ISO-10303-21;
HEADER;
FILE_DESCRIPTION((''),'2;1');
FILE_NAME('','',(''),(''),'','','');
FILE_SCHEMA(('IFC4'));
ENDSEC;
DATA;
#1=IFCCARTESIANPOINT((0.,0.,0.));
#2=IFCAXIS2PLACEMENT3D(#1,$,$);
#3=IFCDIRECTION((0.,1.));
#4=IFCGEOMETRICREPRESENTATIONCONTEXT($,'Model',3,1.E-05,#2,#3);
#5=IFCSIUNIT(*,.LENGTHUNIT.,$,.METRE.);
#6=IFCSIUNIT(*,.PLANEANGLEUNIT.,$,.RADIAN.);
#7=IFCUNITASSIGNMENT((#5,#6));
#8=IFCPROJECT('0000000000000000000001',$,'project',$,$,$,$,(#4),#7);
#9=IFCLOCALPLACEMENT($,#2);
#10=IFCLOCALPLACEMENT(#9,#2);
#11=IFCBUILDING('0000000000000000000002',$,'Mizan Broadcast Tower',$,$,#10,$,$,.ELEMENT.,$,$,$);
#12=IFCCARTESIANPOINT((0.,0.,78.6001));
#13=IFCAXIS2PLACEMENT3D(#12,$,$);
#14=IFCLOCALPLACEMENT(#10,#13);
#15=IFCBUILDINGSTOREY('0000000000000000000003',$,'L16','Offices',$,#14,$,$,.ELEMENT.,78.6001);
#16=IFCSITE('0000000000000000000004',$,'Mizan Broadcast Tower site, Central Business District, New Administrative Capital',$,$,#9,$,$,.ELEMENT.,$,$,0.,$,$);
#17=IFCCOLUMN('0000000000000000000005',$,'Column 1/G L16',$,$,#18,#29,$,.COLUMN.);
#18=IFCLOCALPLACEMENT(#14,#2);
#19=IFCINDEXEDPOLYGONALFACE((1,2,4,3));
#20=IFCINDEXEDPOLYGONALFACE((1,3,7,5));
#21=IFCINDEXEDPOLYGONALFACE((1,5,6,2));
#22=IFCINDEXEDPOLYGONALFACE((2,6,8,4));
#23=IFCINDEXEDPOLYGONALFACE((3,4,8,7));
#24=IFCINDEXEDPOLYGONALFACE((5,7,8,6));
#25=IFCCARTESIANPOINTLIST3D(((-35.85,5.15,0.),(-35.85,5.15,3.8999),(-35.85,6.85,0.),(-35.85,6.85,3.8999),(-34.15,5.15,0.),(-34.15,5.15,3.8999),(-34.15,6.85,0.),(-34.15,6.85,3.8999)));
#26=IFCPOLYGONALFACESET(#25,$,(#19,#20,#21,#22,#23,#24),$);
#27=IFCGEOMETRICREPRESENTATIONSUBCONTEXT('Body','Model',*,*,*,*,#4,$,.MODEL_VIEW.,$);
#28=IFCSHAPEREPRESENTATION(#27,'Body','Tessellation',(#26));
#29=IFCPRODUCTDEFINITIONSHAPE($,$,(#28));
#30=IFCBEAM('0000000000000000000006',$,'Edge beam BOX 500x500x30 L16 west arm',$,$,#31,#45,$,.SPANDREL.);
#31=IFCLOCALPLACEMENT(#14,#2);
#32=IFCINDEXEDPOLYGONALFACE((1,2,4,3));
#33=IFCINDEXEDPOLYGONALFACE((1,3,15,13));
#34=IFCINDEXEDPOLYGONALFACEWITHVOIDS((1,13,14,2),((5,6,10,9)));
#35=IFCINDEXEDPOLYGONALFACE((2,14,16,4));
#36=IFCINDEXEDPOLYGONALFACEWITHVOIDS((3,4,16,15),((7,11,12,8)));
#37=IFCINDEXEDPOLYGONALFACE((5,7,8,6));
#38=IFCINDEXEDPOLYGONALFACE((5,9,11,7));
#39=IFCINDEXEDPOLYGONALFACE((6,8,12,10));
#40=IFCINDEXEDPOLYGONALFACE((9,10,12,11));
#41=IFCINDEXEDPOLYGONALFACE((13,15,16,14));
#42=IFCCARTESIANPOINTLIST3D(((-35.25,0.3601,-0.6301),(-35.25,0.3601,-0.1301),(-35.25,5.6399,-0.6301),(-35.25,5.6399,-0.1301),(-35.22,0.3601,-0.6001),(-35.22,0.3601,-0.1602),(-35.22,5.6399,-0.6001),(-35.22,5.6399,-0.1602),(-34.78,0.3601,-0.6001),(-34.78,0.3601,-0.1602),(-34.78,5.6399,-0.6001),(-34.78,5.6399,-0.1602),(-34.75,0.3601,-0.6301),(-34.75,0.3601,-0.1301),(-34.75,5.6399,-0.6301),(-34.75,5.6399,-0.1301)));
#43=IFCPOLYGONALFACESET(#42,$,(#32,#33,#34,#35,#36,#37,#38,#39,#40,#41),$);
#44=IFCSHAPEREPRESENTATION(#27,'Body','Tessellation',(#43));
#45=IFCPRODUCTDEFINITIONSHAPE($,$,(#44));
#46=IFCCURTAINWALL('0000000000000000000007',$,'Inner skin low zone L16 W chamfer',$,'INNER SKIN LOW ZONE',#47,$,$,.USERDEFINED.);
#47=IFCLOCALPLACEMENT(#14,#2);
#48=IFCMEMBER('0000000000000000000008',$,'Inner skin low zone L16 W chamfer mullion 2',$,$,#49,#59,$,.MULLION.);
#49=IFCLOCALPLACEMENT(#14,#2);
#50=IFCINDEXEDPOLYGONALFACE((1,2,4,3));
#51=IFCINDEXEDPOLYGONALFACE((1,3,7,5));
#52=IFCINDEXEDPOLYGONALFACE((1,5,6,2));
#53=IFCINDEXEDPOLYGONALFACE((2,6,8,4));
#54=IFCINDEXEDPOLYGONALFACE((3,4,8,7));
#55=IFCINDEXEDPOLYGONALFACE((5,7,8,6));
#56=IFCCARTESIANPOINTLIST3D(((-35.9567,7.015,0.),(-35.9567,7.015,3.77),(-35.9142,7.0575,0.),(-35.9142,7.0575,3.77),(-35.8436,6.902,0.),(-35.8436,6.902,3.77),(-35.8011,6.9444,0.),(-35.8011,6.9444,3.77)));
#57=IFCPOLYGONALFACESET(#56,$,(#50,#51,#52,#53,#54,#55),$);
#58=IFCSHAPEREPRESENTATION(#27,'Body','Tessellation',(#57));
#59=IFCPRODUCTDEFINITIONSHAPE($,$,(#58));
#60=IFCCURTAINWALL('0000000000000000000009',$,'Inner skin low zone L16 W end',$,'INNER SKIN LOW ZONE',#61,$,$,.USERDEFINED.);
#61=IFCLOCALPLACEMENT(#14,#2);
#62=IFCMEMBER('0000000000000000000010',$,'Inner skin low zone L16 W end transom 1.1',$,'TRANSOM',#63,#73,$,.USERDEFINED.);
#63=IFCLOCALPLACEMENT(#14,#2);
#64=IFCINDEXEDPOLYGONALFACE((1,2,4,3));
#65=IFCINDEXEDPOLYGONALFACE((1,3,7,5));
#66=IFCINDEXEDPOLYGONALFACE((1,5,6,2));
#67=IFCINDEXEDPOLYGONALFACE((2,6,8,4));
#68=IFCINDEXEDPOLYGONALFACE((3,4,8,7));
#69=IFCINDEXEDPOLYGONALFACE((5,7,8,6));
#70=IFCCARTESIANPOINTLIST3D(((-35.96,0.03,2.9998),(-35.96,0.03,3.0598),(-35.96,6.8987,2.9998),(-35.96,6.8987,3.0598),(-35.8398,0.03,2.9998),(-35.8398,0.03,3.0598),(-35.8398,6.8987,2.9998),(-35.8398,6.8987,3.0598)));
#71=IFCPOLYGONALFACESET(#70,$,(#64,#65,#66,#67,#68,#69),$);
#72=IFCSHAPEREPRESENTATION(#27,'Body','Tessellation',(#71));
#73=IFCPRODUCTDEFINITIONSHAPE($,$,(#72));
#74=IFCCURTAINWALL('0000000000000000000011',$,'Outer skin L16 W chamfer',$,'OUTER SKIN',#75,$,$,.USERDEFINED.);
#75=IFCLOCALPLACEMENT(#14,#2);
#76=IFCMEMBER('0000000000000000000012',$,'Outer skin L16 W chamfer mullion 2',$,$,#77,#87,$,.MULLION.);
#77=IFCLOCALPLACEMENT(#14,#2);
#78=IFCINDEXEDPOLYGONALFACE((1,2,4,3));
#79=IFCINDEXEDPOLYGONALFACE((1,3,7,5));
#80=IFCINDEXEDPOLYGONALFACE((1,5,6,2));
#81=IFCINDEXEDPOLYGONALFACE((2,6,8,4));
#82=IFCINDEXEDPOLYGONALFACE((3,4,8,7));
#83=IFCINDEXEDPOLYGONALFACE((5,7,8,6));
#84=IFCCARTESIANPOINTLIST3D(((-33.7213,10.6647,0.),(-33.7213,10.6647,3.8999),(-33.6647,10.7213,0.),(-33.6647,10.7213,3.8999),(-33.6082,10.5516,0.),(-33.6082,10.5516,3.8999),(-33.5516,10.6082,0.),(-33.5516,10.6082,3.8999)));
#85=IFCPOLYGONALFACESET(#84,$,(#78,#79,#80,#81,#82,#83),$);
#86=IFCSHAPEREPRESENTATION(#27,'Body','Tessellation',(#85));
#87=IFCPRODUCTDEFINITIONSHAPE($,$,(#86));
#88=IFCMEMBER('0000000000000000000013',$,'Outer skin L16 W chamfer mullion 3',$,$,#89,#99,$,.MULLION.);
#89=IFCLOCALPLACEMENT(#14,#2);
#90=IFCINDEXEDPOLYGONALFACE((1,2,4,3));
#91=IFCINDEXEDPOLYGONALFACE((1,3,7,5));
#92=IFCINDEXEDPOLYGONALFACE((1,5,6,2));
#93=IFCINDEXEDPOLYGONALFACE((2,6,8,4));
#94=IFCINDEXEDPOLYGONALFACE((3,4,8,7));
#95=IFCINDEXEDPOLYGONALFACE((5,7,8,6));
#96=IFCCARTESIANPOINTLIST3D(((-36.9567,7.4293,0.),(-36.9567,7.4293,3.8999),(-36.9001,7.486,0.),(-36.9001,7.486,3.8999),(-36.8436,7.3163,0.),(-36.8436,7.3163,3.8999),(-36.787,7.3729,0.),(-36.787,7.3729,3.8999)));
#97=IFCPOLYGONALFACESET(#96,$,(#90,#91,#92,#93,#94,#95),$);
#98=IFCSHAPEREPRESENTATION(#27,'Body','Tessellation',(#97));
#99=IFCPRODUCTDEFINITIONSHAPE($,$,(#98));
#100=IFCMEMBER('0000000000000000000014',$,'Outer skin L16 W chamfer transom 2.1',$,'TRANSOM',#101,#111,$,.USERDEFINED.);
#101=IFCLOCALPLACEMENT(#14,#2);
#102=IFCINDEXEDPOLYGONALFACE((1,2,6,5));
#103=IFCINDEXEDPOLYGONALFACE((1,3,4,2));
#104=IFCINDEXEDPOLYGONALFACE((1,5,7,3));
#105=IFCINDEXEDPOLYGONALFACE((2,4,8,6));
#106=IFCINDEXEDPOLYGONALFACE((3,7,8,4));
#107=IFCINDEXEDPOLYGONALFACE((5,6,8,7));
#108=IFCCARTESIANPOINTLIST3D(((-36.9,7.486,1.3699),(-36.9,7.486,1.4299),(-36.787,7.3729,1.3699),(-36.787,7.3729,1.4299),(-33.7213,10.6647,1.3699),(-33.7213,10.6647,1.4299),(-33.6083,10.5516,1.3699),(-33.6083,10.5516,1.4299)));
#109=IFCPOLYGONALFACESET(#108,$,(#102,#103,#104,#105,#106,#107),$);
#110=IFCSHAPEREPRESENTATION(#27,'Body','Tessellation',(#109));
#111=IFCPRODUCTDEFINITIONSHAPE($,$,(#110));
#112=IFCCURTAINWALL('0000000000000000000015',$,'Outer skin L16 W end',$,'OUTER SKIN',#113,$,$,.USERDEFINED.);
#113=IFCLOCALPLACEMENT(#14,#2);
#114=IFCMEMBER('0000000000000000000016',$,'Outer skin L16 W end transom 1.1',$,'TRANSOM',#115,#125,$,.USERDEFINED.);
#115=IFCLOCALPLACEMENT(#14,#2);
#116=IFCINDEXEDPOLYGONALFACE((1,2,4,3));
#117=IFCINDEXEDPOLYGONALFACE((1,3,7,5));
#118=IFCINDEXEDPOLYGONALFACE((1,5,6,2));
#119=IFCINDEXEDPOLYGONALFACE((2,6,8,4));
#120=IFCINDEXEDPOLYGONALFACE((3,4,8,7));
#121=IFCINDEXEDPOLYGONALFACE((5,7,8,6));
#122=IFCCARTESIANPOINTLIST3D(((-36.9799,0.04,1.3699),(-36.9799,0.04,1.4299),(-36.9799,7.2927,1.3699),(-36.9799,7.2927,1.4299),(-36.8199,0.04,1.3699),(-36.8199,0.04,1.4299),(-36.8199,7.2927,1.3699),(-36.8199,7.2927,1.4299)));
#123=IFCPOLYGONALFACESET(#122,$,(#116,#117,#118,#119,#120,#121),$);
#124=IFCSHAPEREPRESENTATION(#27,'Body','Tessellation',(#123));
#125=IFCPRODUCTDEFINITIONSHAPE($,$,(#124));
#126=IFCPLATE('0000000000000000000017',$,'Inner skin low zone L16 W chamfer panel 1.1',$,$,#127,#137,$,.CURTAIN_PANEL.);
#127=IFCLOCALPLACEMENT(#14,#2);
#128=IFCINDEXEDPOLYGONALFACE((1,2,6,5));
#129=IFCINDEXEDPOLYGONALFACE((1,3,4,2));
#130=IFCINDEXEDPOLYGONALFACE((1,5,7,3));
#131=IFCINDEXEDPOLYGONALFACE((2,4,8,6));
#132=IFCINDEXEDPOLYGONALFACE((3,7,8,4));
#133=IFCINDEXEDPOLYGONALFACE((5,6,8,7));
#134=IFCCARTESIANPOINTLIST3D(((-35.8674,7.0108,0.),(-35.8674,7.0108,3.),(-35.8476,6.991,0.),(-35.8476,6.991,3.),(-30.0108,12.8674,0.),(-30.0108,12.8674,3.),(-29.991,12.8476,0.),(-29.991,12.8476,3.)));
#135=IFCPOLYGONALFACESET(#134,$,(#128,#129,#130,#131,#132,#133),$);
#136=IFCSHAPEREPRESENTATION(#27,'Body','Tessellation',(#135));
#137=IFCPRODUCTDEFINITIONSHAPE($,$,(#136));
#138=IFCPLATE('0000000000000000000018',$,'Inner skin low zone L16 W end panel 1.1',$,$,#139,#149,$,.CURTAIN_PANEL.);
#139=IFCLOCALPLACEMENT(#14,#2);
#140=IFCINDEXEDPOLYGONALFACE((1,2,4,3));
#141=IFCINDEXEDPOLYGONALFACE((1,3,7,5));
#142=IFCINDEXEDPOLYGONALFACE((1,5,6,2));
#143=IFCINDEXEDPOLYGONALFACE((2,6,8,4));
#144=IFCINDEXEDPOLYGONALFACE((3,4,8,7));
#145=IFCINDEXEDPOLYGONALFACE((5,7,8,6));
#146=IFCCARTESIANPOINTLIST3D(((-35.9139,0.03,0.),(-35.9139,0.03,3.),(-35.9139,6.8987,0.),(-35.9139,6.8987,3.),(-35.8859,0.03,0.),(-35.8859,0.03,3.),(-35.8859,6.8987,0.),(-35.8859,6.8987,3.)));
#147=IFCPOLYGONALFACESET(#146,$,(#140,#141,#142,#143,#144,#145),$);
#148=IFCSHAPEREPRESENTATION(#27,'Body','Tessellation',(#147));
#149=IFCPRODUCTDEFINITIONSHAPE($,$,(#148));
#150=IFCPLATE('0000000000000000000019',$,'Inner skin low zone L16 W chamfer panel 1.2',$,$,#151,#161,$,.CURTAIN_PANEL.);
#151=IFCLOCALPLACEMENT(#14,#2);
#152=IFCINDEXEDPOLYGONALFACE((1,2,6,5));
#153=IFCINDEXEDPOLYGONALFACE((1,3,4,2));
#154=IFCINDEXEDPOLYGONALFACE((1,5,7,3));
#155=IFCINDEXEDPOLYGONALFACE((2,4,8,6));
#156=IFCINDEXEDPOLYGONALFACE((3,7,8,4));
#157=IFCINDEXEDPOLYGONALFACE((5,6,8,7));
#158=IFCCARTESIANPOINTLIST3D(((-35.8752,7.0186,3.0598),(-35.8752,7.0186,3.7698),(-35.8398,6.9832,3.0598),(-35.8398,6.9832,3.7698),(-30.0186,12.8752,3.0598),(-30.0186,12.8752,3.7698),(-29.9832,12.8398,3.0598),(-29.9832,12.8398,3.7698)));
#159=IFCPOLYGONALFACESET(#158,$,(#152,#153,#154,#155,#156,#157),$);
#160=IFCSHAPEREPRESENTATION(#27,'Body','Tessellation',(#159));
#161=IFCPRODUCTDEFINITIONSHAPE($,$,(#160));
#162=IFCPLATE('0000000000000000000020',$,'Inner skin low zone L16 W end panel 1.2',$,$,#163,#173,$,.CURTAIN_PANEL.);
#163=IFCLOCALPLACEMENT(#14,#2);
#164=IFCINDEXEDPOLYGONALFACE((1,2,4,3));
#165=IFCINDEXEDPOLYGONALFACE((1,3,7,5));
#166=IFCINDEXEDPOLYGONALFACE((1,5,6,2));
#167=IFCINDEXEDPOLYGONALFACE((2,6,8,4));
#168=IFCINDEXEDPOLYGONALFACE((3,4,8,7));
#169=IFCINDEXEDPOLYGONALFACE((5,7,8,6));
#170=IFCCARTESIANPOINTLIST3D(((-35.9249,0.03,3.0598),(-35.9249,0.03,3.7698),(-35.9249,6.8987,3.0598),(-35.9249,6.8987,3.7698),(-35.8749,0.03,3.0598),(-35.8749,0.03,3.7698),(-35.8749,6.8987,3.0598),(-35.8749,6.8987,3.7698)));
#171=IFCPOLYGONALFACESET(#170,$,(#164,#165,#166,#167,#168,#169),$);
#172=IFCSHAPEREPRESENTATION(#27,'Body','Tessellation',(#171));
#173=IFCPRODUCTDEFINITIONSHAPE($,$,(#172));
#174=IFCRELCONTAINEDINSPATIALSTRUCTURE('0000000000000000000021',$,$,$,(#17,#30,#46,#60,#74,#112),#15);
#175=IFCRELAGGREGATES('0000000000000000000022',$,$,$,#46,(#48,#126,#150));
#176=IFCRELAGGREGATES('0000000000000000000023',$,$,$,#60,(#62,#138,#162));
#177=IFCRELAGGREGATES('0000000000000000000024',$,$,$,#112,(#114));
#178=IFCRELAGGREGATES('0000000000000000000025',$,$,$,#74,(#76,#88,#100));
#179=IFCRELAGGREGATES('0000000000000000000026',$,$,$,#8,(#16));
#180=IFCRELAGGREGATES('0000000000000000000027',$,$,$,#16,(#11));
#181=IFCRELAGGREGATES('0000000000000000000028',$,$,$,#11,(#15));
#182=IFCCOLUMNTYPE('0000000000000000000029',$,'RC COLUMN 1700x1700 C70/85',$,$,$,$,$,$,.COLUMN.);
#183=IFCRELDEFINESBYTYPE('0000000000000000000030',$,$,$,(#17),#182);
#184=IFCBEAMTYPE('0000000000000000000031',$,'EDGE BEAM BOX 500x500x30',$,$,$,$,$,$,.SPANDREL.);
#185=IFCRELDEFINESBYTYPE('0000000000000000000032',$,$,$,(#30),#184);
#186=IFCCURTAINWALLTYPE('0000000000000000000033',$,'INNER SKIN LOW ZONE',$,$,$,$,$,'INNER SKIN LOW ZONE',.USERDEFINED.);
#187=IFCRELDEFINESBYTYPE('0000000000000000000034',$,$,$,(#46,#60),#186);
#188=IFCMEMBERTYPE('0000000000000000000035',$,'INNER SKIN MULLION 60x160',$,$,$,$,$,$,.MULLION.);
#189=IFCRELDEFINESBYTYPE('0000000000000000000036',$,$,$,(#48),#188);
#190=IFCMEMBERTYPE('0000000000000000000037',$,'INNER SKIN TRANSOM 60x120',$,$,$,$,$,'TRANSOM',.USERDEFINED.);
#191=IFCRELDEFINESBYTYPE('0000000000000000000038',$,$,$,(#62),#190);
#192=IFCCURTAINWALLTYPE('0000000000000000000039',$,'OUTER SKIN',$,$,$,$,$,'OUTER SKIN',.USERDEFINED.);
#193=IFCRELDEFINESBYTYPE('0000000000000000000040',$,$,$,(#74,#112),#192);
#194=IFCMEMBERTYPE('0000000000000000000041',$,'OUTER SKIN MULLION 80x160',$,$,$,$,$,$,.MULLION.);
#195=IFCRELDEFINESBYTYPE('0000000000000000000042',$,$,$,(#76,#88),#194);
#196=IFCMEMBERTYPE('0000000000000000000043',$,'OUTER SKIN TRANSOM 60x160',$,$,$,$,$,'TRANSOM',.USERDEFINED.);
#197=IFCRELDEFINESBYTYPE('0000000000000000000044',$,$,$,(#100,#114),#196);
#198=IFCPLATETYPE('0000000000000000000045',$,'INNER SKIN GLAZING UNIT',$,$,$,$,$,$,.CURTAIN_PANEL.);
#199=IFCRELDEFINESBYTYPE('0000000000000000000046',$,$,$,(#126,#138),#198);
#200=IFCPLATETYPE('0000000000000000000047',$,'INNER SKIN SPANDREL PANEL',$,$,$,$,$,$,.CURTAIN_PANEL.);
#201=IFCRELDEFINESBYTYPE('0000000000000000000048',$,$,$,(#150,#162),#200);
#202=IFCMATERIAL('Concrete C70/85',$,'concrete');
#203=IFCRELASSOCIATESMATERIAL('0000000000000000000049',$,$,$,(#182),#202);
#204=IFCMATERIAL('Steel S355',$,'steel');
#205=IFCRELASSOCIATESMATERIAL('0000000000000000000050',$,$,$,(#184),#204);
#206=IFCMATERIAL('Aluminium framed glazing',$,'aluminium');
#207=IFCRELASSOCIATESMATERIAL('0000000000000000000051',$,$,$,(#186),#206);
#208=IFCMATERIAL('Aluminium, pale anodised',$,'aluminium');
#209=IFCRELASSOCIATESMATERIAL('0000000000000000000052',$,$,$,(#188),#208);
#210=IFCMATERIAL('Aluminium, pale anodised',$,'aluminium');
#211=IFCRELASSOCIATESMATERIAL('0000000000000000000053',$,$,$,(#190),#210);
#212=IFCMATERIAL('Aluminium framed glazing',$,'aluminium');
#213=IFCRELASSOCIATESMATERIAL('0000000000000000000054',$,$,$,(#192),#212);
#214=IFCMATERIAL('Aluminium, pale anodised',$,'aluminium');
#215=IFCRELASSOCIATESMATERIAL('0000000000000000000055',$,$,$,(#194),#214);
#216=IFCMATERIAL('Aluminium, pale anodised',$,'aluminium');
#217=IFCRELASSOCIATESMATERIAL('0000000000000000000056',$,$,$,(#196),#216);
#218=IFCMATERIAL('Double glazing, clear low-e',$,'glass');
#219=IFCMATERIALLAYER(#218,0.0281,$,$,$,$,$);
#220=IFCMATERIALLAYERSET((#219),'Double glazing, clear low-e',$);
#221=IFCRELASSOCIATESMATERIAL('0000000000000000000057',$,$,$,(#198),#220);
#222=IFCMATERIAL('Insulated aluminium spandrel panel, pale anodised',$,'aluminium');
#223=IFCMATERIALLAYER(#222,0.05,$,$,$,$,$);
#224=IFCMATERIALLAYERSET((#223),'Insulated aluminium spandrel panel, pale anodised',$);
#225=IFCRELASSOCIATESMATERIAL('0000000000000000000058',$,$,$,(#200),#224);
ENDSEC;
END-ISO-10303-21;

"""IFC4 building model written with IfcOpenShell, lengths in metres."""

from ifc_helpers import new_model, si_unit, direction, frame, origin, origin_2d, place, context, subcontext, project, spatial, rectangle, hollow_rectangle, extrude, material, layer, layer_set, material_profile, profile_set, type_object, element, aggregate, save


model = new_model("IFC4")

# Units and contexts
model_context = context("Model", 3, precision=1e-05, world=origin(), true_north=direction((0.0, 1.0)))
body_context = subcontext(model_context, "Body", "Model", "MODEL_VIEW")
ifc_project = project(units=[si_unit("LENGTHUNIT", "METRE"), si_unit("PLANEANGLEUNIT", "RADIAN")], contexts=[model_context])

# Site, building, storey
site_placement = place(None, origin())
site = spatial("IfcSite", under=ifc_project, at=site_placement, Name="Mizan Broadcast Tower site, Central Business District, New Administrative Capital", CompositionType="ELEMENT", RefElevation=0.0)
building_placement = place(site_placement, origin())
building = spatial("IfcBuilding", under=site, at=building_placement, Name="Mizan Broadcast Tower", CompositionType="ELEMENT")
storey_placement = place(building_placement, frame((0.0, 0.0, 78.6001)))
storey = spatial("IfcBuildingStorey", under=building, at=storey_placement, Name="L16", Description="Offices", CompositionType="ELEMENT", Elevation=78.6001)

# Column
ifc_material_1 = material(Name="Concrete C70/85", Category="concrete")
ifc_material_profile_1 = material_profile(ifc_material_1, rectangle(XDim=1.7, YDim=1.7, at=origin_2d()), Name="RC 1700x1700")
ifc_profile_set_1 = profile_set([ifc_material_profile_1], Name="Concrete C70/85")
column_type = type_object("IfcColumnType", Name="RC COLUMN 1700x1700 C70/85", PredefinedType="COLUMN", material=ifc_profile_set_1)
column_placement = place(storey_placement, frame((-35.0, 6.0, 0.0), z_axis=(0.0, 0.0, 1.0), x_axis=(1.0, 0.0, 0.0)))
element("IfcColumn", 1, at=column_placement, inside=storey, type_object=column_type, Name="Column 1/G L16", PredefinedType="COLUMN", context=body_context, shape_type="SweptSolid", body=[
    extrude(rectangle(XDim=1.7, YDim=1.7, at=origin_2d()), origin(), (0.0, 0.0, 1.0), 3.8999),
])

# Beam
ifc_material_2 = material(Name="Steel S355", Category="steel")
ifc_material_profile_2 = material_profile(ifc_material_2, hollow_rectangle(XDim=0.5, YDim=0.5, WallThickness=0.03, at=origin_2d()), Name="BOX 500x500x30")
ifc_profile_set_2 = profile_set([ifc_material_profile_2], Name="Steel S355")
beam_type = type_object("IfcBeamType", Name="EDGE BEAM BOX 500x500x30", PredefinedType="SPANDREL", material=ifc_profile_set_2)
beam_placement = place(storey_placement, frame((-35.0, 5.6399, -0.3801), z_axis=(0.0, -1.0, 0.0), x_axis=(1.0, 0.0, 0.0)))
element("IfcBeam", 2, at=beam_placement, inside=storey, type_object=beam_type, Name="Edge beam BOX 500x500x30 L16 west arm", PredefinedType="SPANDREL", context=body_context, shape_type="SweptSolid", body=[
    extrude(hollow_rectangle(XDim=0.5, YDim=0.5, WallThickness=0.03, at=origin_2d()), origin(), (0.0, 0.0, 1.0), 5.2798),
])

# Curtain walls, members
ifc_material_3 = material(Name="Aluminium framed glazing", Category="aluminium")
curtain_wall_type_1 = type_object("IfcCurtainWallType", Name="INNER SKIN LOW ZONE", ElementType="INNER SKIN LOW ZONE", PredefinedType="USERDEFINED", material=ifc_material_3)
curtain_wall_1_placement = place(storey_placement, origin())
curtain_wall_1 = element("IfcCurtainWall", 3, at=curtain_wall_1_placement, inside=storey, type_object=curtain_wall_type_1, Name="Inner skin low zone L16 W chamfer", ObjectType="INNER SKIN LOW ZONE", PredefinedType="USERDEFINED")
ifc_material_4 = material(Name="Aluminium, pale anodised", Category="aluminium")
ifc_material_profile_3 = material_profile(ifc_material_4, rectangle(XDim=0.1599, YDim=0.0601, at=origin_2d()), Name="MULLION 160x60")
ifc_profile_set_3 = profile_set([ifc_material_profile_3], Name="Aluminium, pale anodised")
member_type_1 = type_object("IfcMemberType", Name="INNER SKIN MULLION 60x160", PredefinedType="MULLION", material=ifc_profile_set_3)
member_1_placement = place(storey_placement, frame((-35.8789, 6.9797, 0.0), z_axis=(0.0, 0.0, 1.0), x_axis=(0.707107, -0.707107, 0.0)))
member_1 = element("IfcMember", 4, at=member_1_placement, type_object=member_type_1, Name="Inner skin low zone L16 W chamfer mullion 2", PredefinedType="MULLION", context=body_context, shape_type="SweptSolid", body=[
    extrude(rectangle(XDim=0.1599, YDim=0.0601, at=origin_2d()), origin(), (0.0, 0.0, 1.0), 3.77),
])
curtain_wall_2_placement = place(storey_placement, origin())
curtain_wall_2 = element("IfcCurtainWall", 5, at=curtain_wall_2_placement, inside=storey, type_object=curtain_wall_type_1, Name="Inner skin low zone L16 W end", ObjectType="INNER SKIN LOW ZONE", PredefinedType="USERDEFINED")
ifc_material_5 = material(Name="Aluminium, pale anodised", Category="aluminium")
ifc_material_profile_4 = material_profile(ifc_material_5, rectangle(XDim=0.1201, YDim=0.0601, at=origin_2d()), Name="TRANSOM 120x60")
ifc_profile_set_4 = profile_set([ifc_material_profile_4], Name="Aluminium, pale anodised")
member_type_2 = type_object("IfcMemberType", Name="INNER SKIN TRANSOM 60x120", ElementType="TRANSOM", PredefinedType="USERDEFINED", material=ifc_profile_set_4)
member_2_placement = place(storey_placement, frame((-35.8999, 6.8987, 3.0298), z_axis=(0.0, -1.0, 0.0), x_axis=(1.0, 0.0, 0.0)))
member_2 = element("IfcMember", 6, at=member_2_placement, type_object=member_type_2, Name="Inner skin low zone L16 W end transom 1.1", ObjectType="TRANSOM", PredefinedType="USERDEFINED", context=body_context, shape_type="SweptSolid", body=[
    extrude(rectangle(XDim=0.1201, YDim=0.0601, at=origin_2d()), origin(), (0.0, 0.0, 1.0), 6.8687),
])

# Curtain wall, members
ifc_material_6 = material(Name="Aluminium framed glazing", Category="aluminium")
curtain_wall_type_2 = type_object("IfcCurtainWallType", Name="OUTER SKIN", ElementType="OUTER SKIN", PredefinedType="USERDEFINED", material=ifc_material_6)
curtain_wall_3_placement = place(storey_placement, origin())
curtain_wall_3 = element("IfcCurtainWall", 7, at=curtain_wall_3_placement, inside=storey, type_object=curtain_wall_type_2, Name="Outer skin L16 W chamfer", ObjectType="OUTER SKIN", PredefinedType="USERDEFINED")
ifc_material_7 = material(Name="Aluminium, pale anodised", Category="aluminium")
ifc_material_profile_5 = material_profile(ifc_material_7, rectangle(XDim=0.1599, YDim=0.0801, at=origin_2d()), Name="MULLION 160x80")
ifc_profile_set_5 = profile_set([ifc_material_profile_5], Name="Aluminium, pale anodised")
member_type_3 = type_object("IfcMemberType", Name="OUTER SKIN MULLION 80x160", PredefinedType="MULLION", material=ifc_profile_set_5)
member_3_placement = place(storey_placement, frame((-33.6365, 10.6365, 0.0), z_axis=(0.0, 0.0, 1.0), x_axis=(0.707107, -0.707107, 0.0)))
member_3 = element("IfcMember", 8, at=member_3_placement, type_object=member_type_3, Name="Outer skin L16 W chamfer mullion 2", PredefinedType="MULLION", context=body_context, shape_type="SweptSolid", body=[
    extrude(rectangle(XDim=0.1599, YDim=0.0801, at=origin_2d()), origin(), (0.0, 0.0, 1.0), 3.8999),
])
member_4_placement = place(storey_placement, frame((-36.8718, 7.4011, 0.0), z_axis=(0.0, 0.0, 1.0), x_axis=(0.707107, -0.707107, 0.0)))
member_4 = element("IfcMember", 9, at=member_4_placement, type_object=member_type_3, Name="Outer skin L16 W chamfer mullion 3", PredefinedType="MULLION", context=body_context, shape_type="SweptSolid", body=[
    extrude(rectangle(XDim=0.1599, YDim=0.0801, at=origin_2d()), origin(), (0.0, 0.0, 1.0), 3.8999),
])
ifc_material_8 = material(Name="Aluminium, pale anodised", Category="aluminium")
ifc_material_profile_6 = material_profile(ifc_material_8, rectangle(XDim=0.1599, YDim=0.0601, at=origin_2d()), Name="TRANSOM 160x60")
ifc_profile_set_6 = profile_set([ifc_material_profile_6], Name="Aluminium, pale anodised")
member_type_4 = type_object("IfcMemberType", Name="OUTER SKIN TRANSOM 60x160", ElementType="TRANSOM", PredefinedType="USERDEFINED", material=ifc_profile_set_6)
member_5_placement = place(storey_placement, frame((-33.6648, 10.6082, 1.3999), z_axis=(-0.707107, -0.707107, 0.0), x_axis=(0.707107, -0.707107, 0.0)))
member_5 = element("IfcMember", 10, at=member_5_placement, type_object=member_type_4, Name="Outer skin L16 W chamfer transom 2.1", ObjectType="TRANSOM", PredefinedType="USERDEFINED", context=body_context, shape_type="SweptSolid", body=[
    extrude(rectangle(XDim=0.1599, YDim=0.0601, at=origin_2d()), origin(), (0.0, 0.0, 1.0), 4.4954),
])

# Curtain wall, member
curtain_wall_4_placement = place(storey_placement, origin())
curtain_wall_4 = element("IfcCurtainWall", 11, at=curtain_wall_4_placement, inside=storey, type_object=curtain_wall_type_2, Name="Outer skin L16 W end", ObjectType="OUTER SKIN", PredefinedType="USERDEFINED")
member_6_placement = place(storey_placement, frame((-36.8999, 7.2927, 1.3999), z_axis=(0.0, -1.0, 0.0), x_axis=(1.0, 0.0, 0.0)))
member_6 = element("IfcMember", 12, at=member_6_placement, type_object=member_type_4, Name="Outer skin L16 W end transom 1.1", ObjectType="TRANSOM", PredefinedType="USERDEFINED", context=body_context, shape_type="SweptSolid", body=[
    extrude(rectangle(XDim=0.1599, YDim=0.0601, at=origin_2d()), origin(), (0.0, 0.0, 1.0), 7.2527),
])

# Plates
ifc_material_9 = material(Name="Double glazing, clear low-e", Category="glass")
ifc_layer_1 = layer(ifc_material_9, 0.0281)
ifc_layer_set_1 = layer_set([ifc_layer_1], Name="Double glazing, clear low-e")
plate_type_1 = type_object("IfcPlateType", Name="INNER SKIN GLAZING UNIT", PredefinedType="CURTAIN_PANEL", material=ifc_layer_set_1)
plate_1_placement = place(storey_placement, frame((-32.9292, 9.9292, 0.0), z_axis=(0.0, 0.0, 1.0), x_axis=(-0.707107, -0.707107, 0.0)))
plate_1 = element("IfcPlate", 13, at=plate_1_placement, type_object=plate_type_1, Name="Inner skin low zone L16 W chamfer panel 1.1", PredefinedType="CURTAIN_PANEL", context=body_context, shape_type="SweptSolid", body=[
    extrude(rectangle(XDim=8.2825, YDim=0.0281, at=origin_2d()), origin(), (0.0, 0.0, 1.0), 3.0),
])
plate_2_placement = place(storey_placement, frame((-35.8999, 3.4644, 0.0), z_axis=(0.0, 0.0, 1.0), x_axis=(0.0, -1.0, 0.0)))
plate_2 = element("IfcPlate", 14, at=plate_2_placement, type_object=plate_type_1, Name="Inner skin low zone L16 W end panel 1.1", PredefinedType="CURTAIN_PANEL", context=body_context, shape_type="SweptSolid", body=[
    extrude(rectangle(XDim=6.8687, YDim=0.0281, at=origin_2d()), origin(), (0.0, 0.0, 1.0), 3.0),
])
ifc_material_10 = material(Name="Insulated aluminium spandrel panel, pale anodised", Category="aluminium")
ifc_layer_2 = layer(ifc_material_10, 0.05)
ifc_layer_set_2 = layer_set([ifc_layer_2], Name="Insulated aluminium spandrel panel, pale anodised")
plate_type_2 = type_object("IfcPlateType", Name="INNER SKIN SPANDREL PANEL", PredefinedType="CURTAIN_PANEL", material=ifc_layer_set_2)
plate_3_placement = place(storey_placement, frame((-32.9292, 9.9292, 3.0598), z_axis=(0.0, 0.0, 1.0), x_axis=(-0.707107, -0.707107, 0.0)))
plate_3 = element("IfcPlate", 15, at=plate_3_placement, type_object=plate_type_2, Name="Inner skin low zone L16 W chamfer panel 1.2", PredefinedType="CURTAIN_PANEL", context=body_context, shape_type="SweptSolid", body=[
    extrude(rectangle(XDim=8.2825, YDim=0.05, at=origin_2d()), origin(), (0.0, 0.0, 1.0), 0.71),
])
aggregate(curtain_wall_1, [member_1, plate_1, plate_3])
plate_4_placement = place(storey_placement, frame((-35.8999, 3.4644, 3.0598), z_axis=(0.0, 0.0, 1.0), x_axis=(0.0, -1.0, 0.0)))
plate_4 = element("IfcPlate", 16, at=plate_4_placement, type_object=plate_type_2, Name="Inner skin low zone L16 W end panel 1.2", PredefinedType="CURTAIN_PANEL", context=body_context, shape_type="SweptSolid", body=[
    extrude(rectangle(XDim=6.8687, YDim=0.05, at=origin_2d()), origin(), (0.0, 0.0, 1.0), 0.71),
])
aggregate(curtain_wall_2, [member_2, plate_2, plate_4])
aggregate(curtain_wall_4, [member_6])
aggregate(curtain_wall_3, [member_3, member_4, member_5])

save(model, "model.ifc")
